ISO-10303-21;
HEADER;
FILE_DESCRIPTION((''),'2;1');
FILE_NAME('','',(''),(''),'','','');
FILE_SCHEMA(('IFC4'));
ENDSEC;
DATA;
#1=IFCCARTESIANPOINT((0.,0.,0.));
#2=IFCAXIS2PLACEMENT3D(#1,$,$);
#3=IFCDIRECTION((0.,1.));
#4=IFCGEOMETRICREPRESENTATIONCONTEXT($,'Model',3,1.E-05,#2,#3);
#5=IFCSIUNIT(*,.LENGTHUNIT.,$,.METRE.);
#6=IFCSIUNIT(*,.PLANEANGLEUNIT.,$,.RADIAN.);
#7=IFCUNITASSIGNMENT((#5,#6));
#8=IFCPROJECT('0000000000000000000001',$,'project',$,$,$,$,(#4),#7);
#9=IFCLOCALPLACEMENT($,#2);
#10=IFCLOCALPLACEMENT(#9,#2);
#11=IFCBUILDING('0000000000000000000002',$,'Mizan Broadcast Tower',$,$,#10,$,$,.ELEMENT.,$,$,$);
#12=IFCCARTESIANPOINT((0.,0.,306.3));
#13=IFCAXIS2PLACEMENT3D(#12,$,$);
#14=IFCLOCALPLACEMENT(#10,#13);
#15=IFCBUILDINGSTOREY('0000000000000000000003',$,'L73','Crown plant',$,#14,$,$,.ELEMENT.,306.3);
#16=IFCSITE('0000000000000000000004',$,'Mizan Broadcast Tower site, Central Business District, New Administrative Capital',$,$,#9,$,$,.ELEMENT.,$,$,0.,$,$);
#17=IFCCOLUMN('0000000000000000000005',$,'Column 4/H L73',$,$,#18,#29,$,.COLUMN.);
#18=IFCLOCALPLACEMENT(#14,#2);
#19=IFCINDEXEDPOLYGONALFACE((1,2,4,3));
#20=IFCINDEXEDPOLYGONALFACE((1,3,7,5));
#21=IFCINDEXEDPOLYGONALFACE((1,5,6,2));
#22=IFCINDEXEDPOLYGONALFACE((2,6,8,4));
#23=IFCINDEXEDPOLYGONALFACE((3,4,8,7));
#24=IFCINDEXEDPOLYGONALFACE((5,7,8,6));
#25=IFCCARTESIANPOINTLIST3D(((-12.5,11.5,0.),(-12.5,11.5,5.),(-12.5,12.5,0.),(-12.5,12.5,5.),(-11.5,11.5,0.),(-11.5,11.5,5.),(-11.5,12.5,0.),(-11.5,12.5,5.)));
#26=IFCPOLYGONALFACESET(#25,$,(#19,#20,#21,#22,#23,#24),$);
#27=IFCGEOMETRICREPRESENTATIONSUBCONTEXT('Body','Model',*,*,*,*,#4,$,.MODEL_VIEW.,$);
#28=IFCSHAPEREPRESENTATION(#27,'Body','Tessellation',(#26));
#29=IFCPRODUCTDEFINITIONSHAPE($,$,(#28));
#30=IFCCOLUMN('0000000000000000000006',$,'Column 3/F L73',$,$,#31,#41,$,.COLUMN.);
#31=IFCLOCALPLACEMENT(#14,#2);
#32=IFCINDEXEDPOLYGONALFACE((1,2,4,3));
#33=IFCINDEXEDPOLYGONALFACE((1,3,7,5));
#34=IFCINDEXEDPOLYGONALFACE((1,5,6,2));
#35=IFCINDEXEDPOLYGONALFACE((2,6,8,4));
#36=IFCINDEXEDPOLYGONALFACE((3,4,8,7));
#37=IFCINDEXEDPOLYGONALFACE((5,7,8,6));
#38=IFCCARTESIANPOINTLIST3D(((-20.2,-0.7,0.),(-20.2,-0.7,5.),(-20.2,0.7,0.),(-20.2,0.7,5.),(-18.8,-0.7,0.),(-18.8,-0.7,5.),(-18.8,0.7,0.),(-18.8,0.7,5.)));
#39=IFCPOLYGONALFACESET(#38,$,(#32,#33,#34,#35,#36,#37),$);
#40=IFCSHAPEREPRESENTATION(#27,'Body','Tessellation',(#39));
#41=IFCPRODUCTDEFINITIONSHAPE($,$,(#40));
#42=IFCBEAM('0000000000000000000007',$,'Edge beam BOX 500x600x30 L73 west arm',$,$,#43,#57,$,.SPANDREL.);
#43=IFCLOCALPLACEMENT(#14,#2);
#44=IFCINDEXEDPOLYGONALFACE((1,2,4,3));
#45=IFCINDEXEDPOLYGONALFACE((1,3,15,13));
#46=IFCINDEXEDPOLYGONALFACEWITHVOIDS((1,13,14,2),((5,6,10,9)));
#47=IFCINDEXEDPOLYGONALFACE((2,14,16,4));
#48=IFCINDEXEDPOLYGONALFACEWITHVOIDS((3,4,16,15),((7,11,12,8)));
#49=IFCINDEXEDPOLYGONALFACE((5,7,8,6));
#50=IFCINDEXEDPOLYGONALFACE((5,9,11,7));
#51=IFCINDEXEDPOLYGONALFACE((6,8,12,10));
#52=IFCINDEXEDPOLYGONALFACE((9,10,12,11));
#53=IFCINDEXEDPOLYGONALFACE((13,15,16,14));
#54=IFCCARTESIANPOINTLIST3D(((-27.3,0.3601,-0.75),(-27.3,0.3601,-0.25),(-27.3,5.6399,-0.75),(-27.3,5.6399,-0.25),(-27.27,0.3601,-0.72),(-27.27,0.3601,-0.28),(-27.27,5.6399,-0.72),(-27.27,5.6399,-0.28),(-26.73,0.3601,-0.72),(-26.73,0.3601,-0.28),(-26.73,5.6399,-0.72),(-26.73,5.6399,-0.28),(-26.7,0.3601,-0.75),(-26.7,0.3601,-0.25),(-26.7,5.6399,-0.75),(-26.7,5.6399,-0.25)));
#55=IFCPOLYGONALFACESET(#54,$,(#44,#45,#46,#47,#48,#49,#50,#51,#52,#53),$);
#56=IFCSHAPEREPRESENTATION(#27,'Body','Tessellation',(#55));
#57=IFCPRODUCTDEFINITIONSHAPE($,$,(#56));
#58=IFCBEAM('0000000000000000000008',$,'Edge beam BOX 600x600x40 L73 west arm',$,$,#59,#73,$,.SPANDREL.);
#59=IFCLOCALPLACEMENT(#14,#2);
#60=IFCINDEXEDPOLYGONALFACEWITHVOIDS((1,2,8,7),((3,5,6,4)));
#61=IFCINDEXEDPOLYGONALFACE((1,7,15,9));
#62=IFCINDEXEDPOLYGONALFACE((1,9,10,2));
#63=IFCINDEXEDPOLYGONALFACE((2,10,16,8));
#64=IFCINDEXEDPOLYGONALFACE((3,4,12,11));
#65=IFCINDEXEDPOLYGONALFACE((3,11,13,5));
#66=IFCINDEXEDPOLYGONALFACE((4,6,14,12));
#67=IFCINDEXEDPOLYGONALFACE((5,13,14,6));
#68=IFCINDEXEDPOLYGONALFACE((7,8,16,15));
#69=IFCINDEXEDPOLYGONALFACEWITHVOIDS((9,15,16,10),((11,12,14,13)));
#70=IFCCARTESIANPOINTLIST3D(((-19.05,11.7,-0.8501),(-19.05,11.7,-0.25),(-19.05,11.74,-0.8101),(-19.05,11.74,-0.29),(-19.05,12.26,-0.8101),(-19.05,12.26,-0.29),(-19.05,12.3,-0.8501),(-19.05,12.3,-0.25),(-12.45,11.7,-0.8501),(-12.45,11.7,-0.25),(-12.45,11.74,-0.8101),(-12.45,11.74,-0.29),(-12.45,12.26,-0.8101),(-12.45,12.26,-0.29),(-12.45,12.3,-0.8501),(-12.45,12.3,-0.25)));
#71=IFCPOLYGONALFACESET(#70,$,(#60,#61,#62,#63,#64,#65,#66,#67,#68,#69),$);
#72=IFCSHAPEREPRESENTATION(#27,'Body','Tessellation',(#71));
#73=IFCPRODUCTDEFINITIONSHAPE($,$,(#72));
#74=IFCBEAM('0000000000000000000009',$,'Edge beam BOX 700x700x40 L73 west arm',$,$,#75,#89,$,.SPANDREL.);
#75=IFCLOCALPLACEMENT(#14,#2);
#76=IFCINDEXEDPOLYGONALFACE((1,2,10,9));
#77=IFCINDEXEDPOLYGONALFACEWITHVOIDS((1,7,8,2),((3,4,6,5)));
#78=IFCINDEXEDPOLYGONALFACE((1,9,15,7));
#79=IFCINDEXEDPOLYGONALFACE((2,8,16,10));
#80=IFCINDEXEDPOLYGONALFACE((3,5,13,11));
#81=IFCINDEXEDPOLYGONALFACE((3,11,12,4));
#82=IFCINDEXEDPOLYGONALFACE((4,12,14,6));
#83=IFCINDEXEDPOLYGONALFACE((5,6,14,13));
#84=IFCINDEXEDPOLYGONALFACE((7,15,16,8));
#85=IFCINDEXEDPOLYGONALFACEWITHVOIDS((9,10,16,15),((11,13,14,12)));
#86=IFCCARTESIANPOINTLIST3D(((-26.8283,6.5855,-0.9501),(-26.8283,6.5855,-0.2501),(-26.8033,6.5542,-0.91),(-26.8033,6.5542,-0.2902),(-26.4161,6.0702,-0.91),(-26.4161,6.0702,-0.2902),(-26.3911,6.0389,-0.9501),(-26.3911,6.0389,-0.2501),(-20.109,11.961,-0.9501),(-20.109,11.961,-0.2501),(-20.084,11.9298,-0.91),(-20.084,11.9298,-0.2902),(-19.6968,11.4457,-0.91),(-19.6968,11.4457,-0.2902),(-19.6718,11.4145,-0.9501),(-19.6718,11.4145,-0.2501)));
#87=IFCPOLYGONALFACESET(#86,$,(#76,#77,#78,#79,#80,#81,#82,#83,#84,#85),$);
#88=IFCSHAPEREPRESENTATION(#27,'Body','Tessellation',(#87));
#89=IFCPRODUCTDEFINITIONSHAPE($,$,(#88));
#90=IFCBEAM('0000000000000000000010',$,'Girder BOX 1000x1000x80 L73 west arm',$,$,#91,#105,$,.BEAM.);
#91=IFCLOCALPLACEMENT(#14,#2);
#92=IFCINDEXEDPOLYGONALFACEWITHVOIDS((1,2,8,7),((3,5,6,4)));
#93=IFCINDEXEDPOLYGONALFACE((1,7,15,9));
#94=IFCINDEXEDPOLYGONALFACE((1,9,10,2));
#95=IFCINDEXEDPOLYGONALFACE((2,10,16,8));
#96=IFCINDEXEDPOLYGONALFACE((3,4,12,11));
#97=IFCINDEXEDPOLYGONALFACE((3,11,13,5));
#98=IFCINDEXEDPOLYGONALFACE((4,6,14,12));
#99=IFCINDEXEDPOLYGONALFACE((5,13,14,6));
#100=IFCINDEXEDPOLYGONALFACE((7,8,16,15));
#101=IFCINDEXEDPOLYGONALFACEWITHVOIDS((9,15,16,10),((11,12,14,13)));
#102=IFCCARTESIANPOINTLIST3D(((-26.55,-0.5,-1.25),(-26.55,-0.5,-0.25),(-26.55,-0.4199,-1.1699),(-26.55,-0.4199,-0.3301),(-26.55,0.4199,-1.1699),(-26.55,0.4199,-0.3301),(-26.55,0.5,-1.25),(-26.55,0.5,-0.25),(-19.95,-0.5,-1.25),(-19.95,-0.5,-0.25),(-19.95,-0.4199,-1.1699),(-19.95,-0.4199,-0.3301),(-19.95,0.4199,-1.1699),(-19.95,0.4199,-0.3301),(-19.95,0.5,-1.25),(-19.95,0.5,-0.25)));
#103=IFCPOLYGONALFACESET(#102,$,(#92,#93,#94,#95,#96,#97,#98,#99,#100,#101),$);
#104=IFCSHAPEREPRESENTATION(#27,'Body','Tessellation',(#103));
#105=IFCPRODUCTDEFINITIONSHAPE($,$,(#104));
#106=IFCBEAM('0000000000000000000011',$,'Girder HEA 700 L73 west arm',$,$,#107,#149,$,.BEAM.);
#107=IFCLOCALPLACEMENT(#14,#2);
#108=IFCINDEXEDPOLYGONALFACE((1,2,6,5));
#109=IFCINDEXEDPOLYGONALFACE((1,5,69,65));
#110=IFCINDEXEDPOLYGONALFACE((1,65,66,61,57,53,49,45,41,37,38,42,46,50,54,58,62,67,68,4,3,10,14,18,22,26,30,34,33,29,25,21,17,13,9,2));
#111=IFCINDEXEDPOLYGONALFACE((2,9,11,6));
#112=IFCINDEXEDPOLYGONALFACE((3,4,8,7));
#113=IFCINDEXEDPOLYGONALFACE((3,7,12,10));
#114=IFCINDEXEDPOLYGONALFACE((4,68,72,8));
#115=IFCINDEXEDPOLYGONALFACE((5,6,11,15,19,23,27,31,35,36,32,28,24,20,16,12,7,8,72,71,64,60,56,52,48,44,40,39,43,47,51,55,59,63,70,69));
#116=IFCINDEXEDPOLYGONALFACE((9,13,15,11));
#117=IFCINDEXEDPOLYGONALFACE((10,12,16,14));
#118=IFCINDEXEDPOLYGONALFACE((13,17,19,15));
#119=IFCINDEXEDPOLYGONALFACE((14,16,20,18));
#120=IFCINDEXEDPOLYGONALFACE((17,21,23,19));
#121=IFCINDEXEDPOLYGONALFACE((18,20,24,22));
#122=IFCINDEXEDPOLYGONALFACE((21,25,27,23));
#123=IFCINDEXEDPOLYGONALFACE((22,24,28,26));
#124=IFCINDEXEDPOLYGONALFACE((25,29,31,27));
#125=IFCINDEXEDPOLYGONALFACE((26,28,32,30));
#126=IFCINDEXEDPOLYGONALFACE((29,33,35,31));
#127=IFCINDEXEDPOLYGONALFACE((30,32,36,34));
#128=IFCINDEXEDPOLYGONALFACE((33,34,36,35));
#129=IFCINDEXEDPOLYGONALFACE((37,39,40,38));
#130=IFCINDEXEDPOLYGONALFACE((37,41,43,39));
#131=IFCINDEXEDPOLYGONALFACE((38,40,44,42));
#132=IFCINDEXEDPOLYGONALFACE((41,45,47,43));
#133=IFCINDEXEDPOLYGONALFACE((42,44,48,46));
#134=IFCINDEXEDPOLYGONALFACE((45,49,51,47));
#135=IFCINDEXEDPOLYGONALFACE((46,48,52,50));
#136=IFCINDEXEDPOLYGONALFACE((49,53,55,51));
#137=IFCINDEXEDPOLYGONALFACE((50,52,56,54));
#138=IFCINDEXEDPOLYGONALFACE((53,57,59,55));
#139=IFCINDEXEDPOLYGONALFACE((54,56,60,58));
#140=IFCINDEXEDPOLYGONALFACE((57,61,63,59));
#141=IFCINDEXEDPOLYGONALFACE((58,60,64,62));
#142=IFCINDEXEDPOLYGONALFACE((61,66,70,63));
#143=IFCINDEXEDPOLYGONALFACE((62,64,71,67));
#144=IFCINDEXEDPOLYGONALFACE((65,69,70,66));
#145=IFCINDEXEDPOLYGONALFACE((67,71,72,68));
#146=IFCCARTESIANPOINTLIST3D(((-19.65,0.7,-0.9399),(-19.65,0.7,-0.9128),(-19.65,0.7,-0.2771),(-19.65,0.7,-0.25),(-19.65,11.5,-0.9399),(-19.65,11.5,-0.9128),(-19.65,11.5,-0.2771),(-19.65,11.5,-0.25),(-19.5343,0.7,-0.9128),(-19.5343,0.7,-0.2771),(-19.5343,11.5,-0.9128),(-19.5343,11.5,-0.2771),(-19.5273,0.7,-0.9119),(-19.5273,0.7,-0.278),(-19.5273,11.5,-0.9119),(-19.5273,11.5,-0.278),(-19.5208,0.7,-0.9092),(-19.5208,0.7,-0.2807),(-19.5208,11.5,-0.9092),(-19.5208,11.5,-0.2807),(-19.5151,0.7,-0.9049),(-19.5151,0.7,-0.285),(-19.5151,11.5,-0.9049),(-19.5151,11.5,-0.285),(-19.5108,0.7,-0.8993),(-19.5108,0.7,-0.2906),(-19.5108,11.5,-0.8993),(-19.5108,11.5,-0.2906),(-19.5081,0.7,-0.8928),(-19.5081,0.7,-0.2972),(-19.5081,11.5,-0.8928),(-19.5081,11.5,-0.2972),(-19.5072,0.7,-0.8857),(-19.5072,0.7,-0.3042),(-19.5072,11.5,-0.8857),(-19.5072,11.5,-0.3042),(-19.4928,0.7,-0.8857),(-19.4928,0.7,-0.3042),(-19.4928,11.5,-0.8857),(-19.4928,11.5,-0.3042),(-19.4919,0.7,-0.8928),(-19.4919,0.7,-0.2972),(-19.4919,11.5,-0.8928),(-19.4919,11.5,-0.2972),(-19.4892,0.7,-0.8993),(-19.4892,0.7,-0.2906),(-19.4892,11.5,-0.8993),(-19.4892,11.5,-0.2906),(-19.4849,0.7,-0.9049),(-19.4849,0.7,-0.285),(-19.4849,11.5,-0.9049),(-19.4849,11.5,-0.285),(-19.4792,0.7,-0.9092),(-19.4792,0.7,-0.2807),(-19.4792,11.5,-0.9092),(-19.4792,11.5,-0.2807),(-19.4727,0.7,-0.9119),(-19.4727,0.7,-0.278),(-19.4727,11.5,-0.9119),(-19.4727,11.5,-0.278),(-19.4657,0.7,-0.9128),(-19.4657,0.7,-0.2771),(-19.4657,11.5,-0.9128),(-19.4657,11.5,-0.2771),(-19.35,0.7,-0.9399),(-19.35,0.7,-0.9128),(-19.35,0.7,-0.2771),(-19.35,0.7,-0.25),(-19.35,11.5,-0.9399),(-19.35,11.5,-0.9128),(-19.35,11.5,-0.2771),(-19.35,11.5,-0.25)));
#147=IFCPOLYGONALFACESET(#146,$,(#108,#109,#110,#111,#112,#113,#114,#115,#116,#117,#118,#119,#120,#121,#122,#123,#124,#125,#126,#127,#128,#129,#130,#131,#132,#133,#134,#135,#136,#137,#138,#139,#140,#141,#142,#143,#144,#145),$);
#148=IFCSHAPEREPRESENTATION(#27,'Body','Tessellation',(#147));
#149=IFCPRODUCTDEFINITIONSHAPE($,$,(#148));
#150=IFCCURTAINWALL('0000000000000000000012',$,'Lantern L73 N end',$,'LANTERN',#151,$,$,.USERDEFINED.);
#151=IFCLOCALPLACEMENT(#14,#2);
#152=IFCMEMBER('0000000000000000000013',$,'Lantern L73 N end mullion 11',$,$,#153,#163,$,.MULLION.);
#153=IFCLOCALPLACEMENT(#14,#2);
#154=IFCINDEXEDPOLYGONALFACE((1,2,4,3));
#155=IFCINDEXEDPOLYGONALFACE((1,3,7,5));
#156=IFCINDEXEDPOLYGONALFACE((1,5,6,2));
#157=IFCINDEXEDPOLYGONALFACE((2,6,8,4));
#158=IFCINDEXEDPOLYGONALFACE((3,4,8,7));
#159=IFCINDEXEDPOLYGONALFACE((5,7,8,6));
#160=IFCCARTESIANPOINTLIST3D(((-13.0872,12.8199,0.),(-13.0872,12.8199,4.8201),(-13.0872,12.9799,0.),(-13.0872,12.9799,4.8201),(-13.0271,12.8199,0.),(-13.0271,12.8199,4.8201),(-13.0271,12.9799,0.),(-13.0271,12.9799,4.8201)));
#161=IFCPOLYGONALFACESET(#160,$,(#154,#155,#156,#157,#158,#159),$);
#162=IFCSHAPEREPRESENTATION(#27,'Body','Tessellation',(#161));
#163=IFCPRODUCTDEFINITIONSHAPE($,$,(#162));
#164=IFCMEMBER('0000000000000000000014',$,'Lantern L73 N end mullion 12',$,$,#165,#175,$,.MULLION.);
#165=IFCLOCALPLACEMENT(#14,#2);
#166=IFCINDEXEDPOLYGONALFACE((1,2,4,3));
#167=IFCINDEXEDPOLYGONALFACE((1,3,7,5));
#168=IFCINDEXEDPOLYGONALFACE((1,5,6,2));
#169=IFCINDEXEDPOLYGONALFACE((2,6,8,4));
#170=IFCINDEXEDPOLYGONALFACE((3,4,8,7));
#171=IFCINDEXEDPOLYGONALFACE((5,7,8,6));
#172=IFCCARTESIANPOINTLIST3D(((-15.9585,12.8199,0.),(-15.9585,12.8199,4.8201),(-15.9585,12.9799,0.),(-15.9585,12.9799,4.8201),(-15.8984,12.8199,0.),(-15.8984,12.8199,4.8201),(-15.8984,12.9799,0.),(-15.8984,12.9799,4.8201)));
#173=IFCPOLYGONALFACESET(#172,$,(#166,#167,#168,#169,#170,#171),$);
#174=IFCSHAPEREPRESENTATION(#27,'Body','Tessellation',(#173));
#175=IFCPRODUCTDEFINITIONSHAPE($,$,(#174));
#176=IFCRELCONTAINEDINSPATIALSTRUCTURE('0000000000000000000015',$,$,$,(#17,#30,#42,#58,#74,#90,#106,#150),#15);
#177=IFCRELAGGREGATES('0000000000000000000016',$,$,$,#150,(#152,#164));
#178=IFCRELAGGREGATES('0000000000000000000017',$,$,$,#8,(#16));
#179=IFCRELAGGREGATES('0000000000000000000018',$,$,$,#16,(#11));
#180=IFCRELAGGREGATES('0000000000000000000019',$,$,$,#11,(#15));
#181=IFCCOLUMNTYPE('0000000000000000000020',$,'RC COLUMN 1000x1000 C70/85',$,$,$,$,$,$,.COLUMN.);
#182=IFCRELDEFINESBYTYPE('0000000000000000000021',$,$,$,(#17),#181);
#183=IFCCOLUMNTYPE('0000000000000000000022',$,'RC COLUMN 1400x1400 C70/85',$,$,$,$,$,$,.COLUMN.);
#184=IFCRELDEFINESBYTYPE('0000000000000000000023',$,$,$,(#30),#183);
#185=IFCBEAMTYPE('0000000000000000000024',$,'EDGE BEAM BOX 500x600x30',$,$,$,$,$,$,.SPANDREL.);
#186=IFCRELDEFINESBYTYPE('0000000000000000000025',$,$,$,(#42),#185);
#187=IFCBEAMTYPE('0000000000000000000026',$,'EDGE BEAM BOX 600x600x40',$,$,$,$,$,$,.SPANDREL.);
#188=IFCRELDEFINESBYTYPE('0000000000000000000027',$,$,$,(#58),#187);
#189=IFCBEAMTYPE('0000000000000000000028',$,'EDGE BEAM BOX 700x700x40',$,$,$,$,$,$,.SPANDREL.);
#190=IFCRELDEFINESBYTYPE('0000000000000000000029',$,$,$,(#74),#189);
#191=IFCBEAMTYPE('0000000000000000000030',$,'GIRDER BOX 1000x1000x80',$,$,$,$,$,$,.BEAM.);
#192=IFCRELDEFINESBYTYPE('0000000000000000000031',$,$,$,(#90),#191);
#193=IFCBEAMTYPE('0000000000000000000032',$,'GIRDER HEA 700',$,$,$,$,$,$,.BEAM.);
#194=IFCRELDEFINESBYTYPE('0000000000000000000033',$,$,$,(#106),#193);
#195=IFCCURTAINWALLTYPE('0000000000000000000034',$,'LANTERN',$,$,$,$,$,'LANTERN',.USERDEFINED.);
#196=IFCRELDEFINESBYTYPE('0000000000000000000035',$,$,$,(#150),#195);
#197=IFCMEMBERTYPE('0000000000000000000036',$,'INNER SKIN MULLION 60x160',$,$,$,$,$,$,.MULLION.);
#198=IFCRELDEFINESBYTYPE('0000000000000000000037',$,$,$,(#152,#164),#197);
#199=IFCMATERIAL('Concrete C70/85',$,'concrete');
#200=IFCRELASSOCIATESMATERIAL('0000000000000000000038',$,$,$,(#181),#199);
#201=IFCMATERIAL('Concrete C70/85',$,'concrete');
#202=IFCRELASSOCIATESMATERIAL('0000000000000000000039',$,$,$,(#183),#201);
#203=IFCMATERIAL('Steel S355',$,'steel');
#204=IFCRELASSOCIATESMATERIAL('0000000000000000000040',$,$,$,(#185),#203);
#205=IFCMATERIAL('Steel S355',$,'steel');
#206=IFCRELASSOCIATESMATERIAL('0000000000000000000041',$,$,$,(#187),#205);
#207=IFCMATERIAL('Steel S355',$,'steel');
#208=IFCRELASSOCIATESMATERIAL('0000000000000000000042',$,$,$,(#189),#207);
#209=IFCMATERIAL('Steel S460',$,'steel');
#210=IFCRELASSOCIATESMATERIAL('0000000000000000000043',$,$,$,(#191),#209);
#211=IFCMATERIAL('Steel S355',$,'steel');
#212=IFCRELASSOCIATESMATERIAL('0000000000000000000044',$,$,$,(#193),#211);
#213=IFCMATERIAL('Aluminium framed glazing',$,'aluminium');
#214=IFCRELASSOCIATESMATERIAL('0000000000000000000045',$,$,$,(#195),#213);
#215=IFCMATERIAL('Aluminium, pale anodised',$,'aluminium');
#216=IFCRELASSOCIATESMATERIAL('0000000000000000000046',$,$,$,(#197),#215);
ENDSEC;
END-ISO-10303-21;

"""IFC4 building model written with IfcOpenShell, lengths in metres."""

from ifc_helpers import new_model, si_unit, direction, frame, origin, origin_2d, place, context, subcontext, project, spatial, rectangle, hollow_rectangle, i_section, extrude, material, material_profile, profile_set, type_object, element, aggregate, save


model = new_model("IFC4")

# Units and contexts
model_context = context("Model", 3, precision=1e-05, world=origin(), true_north=direction((0.0, 1.0)))
body_context = subcontext(model_context, "Body", "Model", "MODEL_VIEW")
ifc_project = project(units=[si_unit("LENGTHUNIT", "METRE"), si_unit("PLANEANGLEUNIT", "RADIAN")], contexts=[model_context])

# Site, building, storey
site_placement = place(None, origin())
site = spatial("IfcSite", under=ifc_project, at=site_placement, Name="Mizan Broadcast Tower site, Central Business District, New Administrative Capital", CompositionType="ELEMENT", RefElevation=0.0)
building_placement = place(site_placement, origin())
building = spatial("IfcBuilding", under=site, at=building_placement, Name="Mizan Broadcast Tower", CompositionType="ELEMENT")
storey_placement = place(building_placement, frame((0.0, 0.0, 306.3)))
storey = spatial("IfcBuildingStorey", under=building, at=storey_placement, Name="L73", Description="Crown plant", CompositionType="ELEMENT", Elevation=306.3)

# Columns
ifc_material_1 = material(Name="Concrete C70/85", Category="concrete")
ifc_material_profile_1 = material_profile(ifc_material_1, rectangle(XDim=1.0, YDim=1.0, at=origin_2d()), Name="RC 1000x1000")
ifc_profile_set_1 = profile_set([ifc_material_profile_1], Name="Concrete C70/85")
column_type_1 = type_object("IfcColumnType", Name="RC COLUMN 1000x1000 C70/85", PredefinedType="COLUMN", material=ifc_profile_set_1)
column_1_placement = place(storey_placement, frame((-12.0, 12.0, 0.0), z_axis=(0.0, 0.0, 1.0), x_axis=(1.0, 0.0, 0.0)))
element("IfcColumn", 1, at=column_1_placement, inside=storey, type_object=column_type_1, Name="Column 4/H L73", PredefinedType="COLUMN", context=body_context, shape_type="SweptSolid", body=[
    extrude(rectangle(XDim=1.0, YDim=1.0, at=origin_2d()), origin(), (0.0, 0.0, 1.0), 5.0),
])
ifc_material_2 = material(Name="Concrete C70/85", Category="concrete")
ifc_material_profile_2 = material_profile(ifc_material_2, rectangle(XDim=1.3999, YDim=1.3999, at=origin_2d()), Name="RC 1400x1400")
ifc_profile_set_2 = profile_set([ifc_material_profile_2], Name="Concrete C70/85")
column_type_2 = type_object("IfcColumnType", Name="RC COLUMN 1400x1400 C70/85", PredefinedType="COLUMN", material=ifc_profile_set_2)
column_2_placement = place(storey_placement, frame((-19.5, 0.0, 0.0), z_axis=(0.0, 0.0, 1.0), x_axis=(1.0, 0.0, 0.0)))
element("IfcColumn", 2, at=column_2_placement, inside=storey, type_object=column_type_2, Name="Column 3/F L73", PredefinedType="COLUMN", context=body_context, shape_type="SweptSolid", body=[
    extrude(rectangle(XDim=1.3999, YDim=1.3999, at=origin_2d()), origin(), (0.0, 0.0, 1.0), 5.0),
])

# Beams
ifc_material_3 = material(Name="Steel S355", Category="steel")
ifc_material_profile_3 = material_profile(ifc_material_3, hollow_rectangle(XDim=0.6001, YDim=0.5, WallThickness=0.03, at=origin_2d()), Name="BOX 500x600x30")
ifc_profile_set_3 = profile_set([ifc_material_profile_3], Name="Steel S355")
beam_type_1 = type_object("IfcBeamType", Name="EDGE BEAM BOX 500x600x30", PredefinedType="SPANDREL", material=ifc_profile_set_3)
beam_1_placement = place(storey_placement, frame((-27.0, 5.6399, -0.5), z_axis=(0.0, -1.0, 0.0), x_axis=(1.0, 0.0, 0.0)))
element("IfcBeam", 3, at=beam_1_placement, inside=storey, type_object=beam_type_1, Name="Edge beam BOX 500x600x30 L73 west arm", PredefinedType="SPANDREL", context=body_context, shape_type="SweptSolid", body=[
    extrude(hollow_rectangle(XDim=0.6001, YDim=0.5, WallThickness=0.03, at=origin_2d()), origin(), (0.0, 0.0, 1.0), 5.2798),
])
ifc_material_4 = material(Name="Steel S355", Category="steel")
ifc_material_profile_4 = material_profile(ifc_material_4, hollow_rectangle(XDim=0.6001, YDim=0.6001, WallThickness=0.04, at=origin_2d()), Name="BOX 600x600x40")
ifc_profile_set_4 = profile_set([ifc_material_profile_4], Name="Steel S355")
beam_type_2 = type_object("IfcBeamType", Name="EDGE BEAM BOX 600x600x40", PredefinedType="SPANDREL", material=ifc_profile_set_4)
beam_2_placement = place(storey_placement, frame((-12.45, 12.0, -0.55), z_axis=(-1.0, 0.0, 0.0), x_axis=(0.0, -1.0, 0.0)))
element("IfcBeam", 4, at=beam_2_placement, inside=storey, type_object=beam_type_2, Name="Edge beam BOX 600x600x40 L73 west arm", PredefinedType="SPANDREL", context=body_context, shape_type="SweptSolid", body=[
    extrude(hollow_rectangle(XDim=0.6001, YDim=0.6001, WallThickness=0.04, at=origin_2d()), origin(), (0.0, 0.0, 1.0), 6.6001),
])
ifc_material_5 = material(Name="Steel S355", Category="steel")
ifc_material_profile_5 = material_profile(ifc_material_5, hollow_rectangle(XDim=0.7, YDim=0.7, WallThickness=0.04, at=origin_2d()), Name="BOX 700x700x40")
ifc_profile_set_5 = profile_set([ifc_material_profile_5], Name="Steel S355")
beam_type_3 = type_object("IfcBeamType", Name="EDGE BEAM BOX 700x700x40", PredefinedType="SPANDREL", material=ifc_profile_set_5)
beam_3_placement = place(storey_placement, frame((-19.8904, 11.6877, -0.6001), z_axis=(-0.780863, -0.624702, 0.0), x_axis=(0.624702, -0.780863, 0.0)))
element("IfcBeam", 5, at=beam_3_placement, inside=storey, type_object=beam_type_3, Name="Edge beam BOX 700x700x40 L73 west arm", PredefinedType="SPANDREL", context=body_context, shape_type="SweptSolid", body=[
    extrude(hollow_rectangle(XDim=0.7, YDim=0.7, WallThickness=0.04, at=origin_2d()), origin(), (0.0, 0.0, 1.0), 8.605),
])
ifc_material_6 = material(Name="Steel S460", Category="steel")
ifc_material_profile_6 = material_profile(ifc_material_6, hollow_rectangle(XDim=1.0, YDim=1.0, WallThickness=0.0801, at=origin_2d()), Name="BOX 1000x1000x80")
ifc_profile_set_6 = profile_set([ifc_material_profile_6], Name="Steel S460")
beam_type_4 = type_object("IfcBeamType", Name="GIRDER BOX 1000x1000x80", PredefinedType="BEAM", material=ifc_profile_set_6)
beam_4_placement = place(storey_placement, frame((-19.95, 0.0, -0.75), z_axis=(-1.0, 0.0, 0.0), x_axis=(0.0, -1.0, 0.0)))
element("IfcBeam", 6, at=beam_4_placement, inside=storey, type_object=beam_type_4, Name="Girder BOX 1000x1000x80 L73 west arm", PredefinedType="BEAM", context=body_context, shape_type="SweptSolid", body=[
    extrude(hollow_rectangle(XDim=1.0, YDim=1.0, WallThickness=0.0801, at=origin_2d()), origin(), (0.0, 0.0, 1.0), 6.6001),
])
ifc_material_7 = material(Name="Steel S355", Category="steel")
ifc_material_profile_7 = material_profile(ifc_material_7, i_section(OverallWidth=0.3, OverallDepth=0.6899, WebThickness=0.0144, FlangeThickness=0.0271, FilletRadius=0.0271, at=origin_2d()), Name="HEA 700")
ifc_profile_set_7 = profile_set([ifc_material_profile_7], Name="Steel S355")
beam_type_5 = type_object("IfcBeamType", Name="GIRDER HEA 700", PredefinedType="BEAM", material=ifc_profile_set_7)
beam_5_placement = place(storey_placement, frame((-19.5, 11.5, -0.595), z_axis=(0.0, -1.0, 0.0), x_axis=(1.0, 0.0, 0.0)))
element("IfcBeam", 7, at=beam_5_placement, inside=storey, type_object=beam_type_5, Name="Girder HEA 700 L73 west arm", PredefinedType="BEAM", context=body_context, shape_type="SweptSolid", body=[
    extrude(i_section(OverallWidth=0.3, OverallDepth=0.6899, WebThickness=0.0144, FlangeThickness=0.0271, FilletRadius=0.0271, at=origin_2d()), origin(), (0.0, 0.0, 1.0), 10.8),
])

# Curtain wall, members
ifc_material_8 = material(Name="Aluminium framed glazing", Category="aluminium")
curtain_wall_type = type_object("IfcCurtainWallType", Name="LANTERN", ElementType="LANTERN", PredefinedType="USERDEFINED", material=ifc_material_8)
curtain_wall_1_placement = place(storey_placement, origin())
curtain_wall_1 = element("IfcCurtainWall", 8, at=curtain_wall_1_placement, inside=storey, type_object=curtain_wall_type, Name="Lantern L73 N end", ObjectType="LANTERN", PredefinedType="USERDEFINED")
ifc_material_9 = material(Name="Aluminium, pale anodised", Category="aluminium")
ifc_material_profile_8 = material_profile(ifc_material_9, rectangle(XDim=0.1599, YDim=0.0601, at=origin_2d()), Name="MULLION 160x60")
ifc_profile_set_8 = profile_set([ifc_material_profile_8], Name="Aluminium, pale anodised")
member_type_1 = type_object("IfcMemberType", Name="INNER SKIN MULLION 60x160", PredefinedType="MULLION", material=ifc_profile_set_8)
member_1_placement = place(storey_placement, frame((-13.0571, 12.8999, 0.0), z_axis=(0.0, 0.0, 1.0), x_axis=(0.0, -1.0, 0.0)))
member_1 = element("IfcMember", 9, at=member_1_placement, type_object=member_type_1, Name="Lantern L73 N end mullion 11", PredefinedType="MULLION", context=body_context, shape_type="SweptSolid", body=[
    extrude(rectangle(XDim=0.1599, YDim=0.0601, at=origin_2d()), origin(), (0.0, 0.0, 1.0), 4.8201),
])
member_2_placement = place(storey_placement, frame((-15.9285, 12.8999, 0.0), z_axis=(0.0, 0.0, 1.0), x_axis=(0.0, -1.0, 0.0)))
member_2 = element("IfcMember", 10, at=member_2_placement, type_object=member_type_1, Name="Lantern L73 N end mullion 12", PredefinedType="MULLION", context=body_context, shape_type="SweptSolid", body=[
    extrude(rectangle(XDim=0.1599, YDim=0.0601, at=origin_2d()), origin(), (0.0, 0.0, 1.0), 4.8201),
])

aggregate(curtain_wall_1, [member_1, member_2])

save(model, "model.ifc")
